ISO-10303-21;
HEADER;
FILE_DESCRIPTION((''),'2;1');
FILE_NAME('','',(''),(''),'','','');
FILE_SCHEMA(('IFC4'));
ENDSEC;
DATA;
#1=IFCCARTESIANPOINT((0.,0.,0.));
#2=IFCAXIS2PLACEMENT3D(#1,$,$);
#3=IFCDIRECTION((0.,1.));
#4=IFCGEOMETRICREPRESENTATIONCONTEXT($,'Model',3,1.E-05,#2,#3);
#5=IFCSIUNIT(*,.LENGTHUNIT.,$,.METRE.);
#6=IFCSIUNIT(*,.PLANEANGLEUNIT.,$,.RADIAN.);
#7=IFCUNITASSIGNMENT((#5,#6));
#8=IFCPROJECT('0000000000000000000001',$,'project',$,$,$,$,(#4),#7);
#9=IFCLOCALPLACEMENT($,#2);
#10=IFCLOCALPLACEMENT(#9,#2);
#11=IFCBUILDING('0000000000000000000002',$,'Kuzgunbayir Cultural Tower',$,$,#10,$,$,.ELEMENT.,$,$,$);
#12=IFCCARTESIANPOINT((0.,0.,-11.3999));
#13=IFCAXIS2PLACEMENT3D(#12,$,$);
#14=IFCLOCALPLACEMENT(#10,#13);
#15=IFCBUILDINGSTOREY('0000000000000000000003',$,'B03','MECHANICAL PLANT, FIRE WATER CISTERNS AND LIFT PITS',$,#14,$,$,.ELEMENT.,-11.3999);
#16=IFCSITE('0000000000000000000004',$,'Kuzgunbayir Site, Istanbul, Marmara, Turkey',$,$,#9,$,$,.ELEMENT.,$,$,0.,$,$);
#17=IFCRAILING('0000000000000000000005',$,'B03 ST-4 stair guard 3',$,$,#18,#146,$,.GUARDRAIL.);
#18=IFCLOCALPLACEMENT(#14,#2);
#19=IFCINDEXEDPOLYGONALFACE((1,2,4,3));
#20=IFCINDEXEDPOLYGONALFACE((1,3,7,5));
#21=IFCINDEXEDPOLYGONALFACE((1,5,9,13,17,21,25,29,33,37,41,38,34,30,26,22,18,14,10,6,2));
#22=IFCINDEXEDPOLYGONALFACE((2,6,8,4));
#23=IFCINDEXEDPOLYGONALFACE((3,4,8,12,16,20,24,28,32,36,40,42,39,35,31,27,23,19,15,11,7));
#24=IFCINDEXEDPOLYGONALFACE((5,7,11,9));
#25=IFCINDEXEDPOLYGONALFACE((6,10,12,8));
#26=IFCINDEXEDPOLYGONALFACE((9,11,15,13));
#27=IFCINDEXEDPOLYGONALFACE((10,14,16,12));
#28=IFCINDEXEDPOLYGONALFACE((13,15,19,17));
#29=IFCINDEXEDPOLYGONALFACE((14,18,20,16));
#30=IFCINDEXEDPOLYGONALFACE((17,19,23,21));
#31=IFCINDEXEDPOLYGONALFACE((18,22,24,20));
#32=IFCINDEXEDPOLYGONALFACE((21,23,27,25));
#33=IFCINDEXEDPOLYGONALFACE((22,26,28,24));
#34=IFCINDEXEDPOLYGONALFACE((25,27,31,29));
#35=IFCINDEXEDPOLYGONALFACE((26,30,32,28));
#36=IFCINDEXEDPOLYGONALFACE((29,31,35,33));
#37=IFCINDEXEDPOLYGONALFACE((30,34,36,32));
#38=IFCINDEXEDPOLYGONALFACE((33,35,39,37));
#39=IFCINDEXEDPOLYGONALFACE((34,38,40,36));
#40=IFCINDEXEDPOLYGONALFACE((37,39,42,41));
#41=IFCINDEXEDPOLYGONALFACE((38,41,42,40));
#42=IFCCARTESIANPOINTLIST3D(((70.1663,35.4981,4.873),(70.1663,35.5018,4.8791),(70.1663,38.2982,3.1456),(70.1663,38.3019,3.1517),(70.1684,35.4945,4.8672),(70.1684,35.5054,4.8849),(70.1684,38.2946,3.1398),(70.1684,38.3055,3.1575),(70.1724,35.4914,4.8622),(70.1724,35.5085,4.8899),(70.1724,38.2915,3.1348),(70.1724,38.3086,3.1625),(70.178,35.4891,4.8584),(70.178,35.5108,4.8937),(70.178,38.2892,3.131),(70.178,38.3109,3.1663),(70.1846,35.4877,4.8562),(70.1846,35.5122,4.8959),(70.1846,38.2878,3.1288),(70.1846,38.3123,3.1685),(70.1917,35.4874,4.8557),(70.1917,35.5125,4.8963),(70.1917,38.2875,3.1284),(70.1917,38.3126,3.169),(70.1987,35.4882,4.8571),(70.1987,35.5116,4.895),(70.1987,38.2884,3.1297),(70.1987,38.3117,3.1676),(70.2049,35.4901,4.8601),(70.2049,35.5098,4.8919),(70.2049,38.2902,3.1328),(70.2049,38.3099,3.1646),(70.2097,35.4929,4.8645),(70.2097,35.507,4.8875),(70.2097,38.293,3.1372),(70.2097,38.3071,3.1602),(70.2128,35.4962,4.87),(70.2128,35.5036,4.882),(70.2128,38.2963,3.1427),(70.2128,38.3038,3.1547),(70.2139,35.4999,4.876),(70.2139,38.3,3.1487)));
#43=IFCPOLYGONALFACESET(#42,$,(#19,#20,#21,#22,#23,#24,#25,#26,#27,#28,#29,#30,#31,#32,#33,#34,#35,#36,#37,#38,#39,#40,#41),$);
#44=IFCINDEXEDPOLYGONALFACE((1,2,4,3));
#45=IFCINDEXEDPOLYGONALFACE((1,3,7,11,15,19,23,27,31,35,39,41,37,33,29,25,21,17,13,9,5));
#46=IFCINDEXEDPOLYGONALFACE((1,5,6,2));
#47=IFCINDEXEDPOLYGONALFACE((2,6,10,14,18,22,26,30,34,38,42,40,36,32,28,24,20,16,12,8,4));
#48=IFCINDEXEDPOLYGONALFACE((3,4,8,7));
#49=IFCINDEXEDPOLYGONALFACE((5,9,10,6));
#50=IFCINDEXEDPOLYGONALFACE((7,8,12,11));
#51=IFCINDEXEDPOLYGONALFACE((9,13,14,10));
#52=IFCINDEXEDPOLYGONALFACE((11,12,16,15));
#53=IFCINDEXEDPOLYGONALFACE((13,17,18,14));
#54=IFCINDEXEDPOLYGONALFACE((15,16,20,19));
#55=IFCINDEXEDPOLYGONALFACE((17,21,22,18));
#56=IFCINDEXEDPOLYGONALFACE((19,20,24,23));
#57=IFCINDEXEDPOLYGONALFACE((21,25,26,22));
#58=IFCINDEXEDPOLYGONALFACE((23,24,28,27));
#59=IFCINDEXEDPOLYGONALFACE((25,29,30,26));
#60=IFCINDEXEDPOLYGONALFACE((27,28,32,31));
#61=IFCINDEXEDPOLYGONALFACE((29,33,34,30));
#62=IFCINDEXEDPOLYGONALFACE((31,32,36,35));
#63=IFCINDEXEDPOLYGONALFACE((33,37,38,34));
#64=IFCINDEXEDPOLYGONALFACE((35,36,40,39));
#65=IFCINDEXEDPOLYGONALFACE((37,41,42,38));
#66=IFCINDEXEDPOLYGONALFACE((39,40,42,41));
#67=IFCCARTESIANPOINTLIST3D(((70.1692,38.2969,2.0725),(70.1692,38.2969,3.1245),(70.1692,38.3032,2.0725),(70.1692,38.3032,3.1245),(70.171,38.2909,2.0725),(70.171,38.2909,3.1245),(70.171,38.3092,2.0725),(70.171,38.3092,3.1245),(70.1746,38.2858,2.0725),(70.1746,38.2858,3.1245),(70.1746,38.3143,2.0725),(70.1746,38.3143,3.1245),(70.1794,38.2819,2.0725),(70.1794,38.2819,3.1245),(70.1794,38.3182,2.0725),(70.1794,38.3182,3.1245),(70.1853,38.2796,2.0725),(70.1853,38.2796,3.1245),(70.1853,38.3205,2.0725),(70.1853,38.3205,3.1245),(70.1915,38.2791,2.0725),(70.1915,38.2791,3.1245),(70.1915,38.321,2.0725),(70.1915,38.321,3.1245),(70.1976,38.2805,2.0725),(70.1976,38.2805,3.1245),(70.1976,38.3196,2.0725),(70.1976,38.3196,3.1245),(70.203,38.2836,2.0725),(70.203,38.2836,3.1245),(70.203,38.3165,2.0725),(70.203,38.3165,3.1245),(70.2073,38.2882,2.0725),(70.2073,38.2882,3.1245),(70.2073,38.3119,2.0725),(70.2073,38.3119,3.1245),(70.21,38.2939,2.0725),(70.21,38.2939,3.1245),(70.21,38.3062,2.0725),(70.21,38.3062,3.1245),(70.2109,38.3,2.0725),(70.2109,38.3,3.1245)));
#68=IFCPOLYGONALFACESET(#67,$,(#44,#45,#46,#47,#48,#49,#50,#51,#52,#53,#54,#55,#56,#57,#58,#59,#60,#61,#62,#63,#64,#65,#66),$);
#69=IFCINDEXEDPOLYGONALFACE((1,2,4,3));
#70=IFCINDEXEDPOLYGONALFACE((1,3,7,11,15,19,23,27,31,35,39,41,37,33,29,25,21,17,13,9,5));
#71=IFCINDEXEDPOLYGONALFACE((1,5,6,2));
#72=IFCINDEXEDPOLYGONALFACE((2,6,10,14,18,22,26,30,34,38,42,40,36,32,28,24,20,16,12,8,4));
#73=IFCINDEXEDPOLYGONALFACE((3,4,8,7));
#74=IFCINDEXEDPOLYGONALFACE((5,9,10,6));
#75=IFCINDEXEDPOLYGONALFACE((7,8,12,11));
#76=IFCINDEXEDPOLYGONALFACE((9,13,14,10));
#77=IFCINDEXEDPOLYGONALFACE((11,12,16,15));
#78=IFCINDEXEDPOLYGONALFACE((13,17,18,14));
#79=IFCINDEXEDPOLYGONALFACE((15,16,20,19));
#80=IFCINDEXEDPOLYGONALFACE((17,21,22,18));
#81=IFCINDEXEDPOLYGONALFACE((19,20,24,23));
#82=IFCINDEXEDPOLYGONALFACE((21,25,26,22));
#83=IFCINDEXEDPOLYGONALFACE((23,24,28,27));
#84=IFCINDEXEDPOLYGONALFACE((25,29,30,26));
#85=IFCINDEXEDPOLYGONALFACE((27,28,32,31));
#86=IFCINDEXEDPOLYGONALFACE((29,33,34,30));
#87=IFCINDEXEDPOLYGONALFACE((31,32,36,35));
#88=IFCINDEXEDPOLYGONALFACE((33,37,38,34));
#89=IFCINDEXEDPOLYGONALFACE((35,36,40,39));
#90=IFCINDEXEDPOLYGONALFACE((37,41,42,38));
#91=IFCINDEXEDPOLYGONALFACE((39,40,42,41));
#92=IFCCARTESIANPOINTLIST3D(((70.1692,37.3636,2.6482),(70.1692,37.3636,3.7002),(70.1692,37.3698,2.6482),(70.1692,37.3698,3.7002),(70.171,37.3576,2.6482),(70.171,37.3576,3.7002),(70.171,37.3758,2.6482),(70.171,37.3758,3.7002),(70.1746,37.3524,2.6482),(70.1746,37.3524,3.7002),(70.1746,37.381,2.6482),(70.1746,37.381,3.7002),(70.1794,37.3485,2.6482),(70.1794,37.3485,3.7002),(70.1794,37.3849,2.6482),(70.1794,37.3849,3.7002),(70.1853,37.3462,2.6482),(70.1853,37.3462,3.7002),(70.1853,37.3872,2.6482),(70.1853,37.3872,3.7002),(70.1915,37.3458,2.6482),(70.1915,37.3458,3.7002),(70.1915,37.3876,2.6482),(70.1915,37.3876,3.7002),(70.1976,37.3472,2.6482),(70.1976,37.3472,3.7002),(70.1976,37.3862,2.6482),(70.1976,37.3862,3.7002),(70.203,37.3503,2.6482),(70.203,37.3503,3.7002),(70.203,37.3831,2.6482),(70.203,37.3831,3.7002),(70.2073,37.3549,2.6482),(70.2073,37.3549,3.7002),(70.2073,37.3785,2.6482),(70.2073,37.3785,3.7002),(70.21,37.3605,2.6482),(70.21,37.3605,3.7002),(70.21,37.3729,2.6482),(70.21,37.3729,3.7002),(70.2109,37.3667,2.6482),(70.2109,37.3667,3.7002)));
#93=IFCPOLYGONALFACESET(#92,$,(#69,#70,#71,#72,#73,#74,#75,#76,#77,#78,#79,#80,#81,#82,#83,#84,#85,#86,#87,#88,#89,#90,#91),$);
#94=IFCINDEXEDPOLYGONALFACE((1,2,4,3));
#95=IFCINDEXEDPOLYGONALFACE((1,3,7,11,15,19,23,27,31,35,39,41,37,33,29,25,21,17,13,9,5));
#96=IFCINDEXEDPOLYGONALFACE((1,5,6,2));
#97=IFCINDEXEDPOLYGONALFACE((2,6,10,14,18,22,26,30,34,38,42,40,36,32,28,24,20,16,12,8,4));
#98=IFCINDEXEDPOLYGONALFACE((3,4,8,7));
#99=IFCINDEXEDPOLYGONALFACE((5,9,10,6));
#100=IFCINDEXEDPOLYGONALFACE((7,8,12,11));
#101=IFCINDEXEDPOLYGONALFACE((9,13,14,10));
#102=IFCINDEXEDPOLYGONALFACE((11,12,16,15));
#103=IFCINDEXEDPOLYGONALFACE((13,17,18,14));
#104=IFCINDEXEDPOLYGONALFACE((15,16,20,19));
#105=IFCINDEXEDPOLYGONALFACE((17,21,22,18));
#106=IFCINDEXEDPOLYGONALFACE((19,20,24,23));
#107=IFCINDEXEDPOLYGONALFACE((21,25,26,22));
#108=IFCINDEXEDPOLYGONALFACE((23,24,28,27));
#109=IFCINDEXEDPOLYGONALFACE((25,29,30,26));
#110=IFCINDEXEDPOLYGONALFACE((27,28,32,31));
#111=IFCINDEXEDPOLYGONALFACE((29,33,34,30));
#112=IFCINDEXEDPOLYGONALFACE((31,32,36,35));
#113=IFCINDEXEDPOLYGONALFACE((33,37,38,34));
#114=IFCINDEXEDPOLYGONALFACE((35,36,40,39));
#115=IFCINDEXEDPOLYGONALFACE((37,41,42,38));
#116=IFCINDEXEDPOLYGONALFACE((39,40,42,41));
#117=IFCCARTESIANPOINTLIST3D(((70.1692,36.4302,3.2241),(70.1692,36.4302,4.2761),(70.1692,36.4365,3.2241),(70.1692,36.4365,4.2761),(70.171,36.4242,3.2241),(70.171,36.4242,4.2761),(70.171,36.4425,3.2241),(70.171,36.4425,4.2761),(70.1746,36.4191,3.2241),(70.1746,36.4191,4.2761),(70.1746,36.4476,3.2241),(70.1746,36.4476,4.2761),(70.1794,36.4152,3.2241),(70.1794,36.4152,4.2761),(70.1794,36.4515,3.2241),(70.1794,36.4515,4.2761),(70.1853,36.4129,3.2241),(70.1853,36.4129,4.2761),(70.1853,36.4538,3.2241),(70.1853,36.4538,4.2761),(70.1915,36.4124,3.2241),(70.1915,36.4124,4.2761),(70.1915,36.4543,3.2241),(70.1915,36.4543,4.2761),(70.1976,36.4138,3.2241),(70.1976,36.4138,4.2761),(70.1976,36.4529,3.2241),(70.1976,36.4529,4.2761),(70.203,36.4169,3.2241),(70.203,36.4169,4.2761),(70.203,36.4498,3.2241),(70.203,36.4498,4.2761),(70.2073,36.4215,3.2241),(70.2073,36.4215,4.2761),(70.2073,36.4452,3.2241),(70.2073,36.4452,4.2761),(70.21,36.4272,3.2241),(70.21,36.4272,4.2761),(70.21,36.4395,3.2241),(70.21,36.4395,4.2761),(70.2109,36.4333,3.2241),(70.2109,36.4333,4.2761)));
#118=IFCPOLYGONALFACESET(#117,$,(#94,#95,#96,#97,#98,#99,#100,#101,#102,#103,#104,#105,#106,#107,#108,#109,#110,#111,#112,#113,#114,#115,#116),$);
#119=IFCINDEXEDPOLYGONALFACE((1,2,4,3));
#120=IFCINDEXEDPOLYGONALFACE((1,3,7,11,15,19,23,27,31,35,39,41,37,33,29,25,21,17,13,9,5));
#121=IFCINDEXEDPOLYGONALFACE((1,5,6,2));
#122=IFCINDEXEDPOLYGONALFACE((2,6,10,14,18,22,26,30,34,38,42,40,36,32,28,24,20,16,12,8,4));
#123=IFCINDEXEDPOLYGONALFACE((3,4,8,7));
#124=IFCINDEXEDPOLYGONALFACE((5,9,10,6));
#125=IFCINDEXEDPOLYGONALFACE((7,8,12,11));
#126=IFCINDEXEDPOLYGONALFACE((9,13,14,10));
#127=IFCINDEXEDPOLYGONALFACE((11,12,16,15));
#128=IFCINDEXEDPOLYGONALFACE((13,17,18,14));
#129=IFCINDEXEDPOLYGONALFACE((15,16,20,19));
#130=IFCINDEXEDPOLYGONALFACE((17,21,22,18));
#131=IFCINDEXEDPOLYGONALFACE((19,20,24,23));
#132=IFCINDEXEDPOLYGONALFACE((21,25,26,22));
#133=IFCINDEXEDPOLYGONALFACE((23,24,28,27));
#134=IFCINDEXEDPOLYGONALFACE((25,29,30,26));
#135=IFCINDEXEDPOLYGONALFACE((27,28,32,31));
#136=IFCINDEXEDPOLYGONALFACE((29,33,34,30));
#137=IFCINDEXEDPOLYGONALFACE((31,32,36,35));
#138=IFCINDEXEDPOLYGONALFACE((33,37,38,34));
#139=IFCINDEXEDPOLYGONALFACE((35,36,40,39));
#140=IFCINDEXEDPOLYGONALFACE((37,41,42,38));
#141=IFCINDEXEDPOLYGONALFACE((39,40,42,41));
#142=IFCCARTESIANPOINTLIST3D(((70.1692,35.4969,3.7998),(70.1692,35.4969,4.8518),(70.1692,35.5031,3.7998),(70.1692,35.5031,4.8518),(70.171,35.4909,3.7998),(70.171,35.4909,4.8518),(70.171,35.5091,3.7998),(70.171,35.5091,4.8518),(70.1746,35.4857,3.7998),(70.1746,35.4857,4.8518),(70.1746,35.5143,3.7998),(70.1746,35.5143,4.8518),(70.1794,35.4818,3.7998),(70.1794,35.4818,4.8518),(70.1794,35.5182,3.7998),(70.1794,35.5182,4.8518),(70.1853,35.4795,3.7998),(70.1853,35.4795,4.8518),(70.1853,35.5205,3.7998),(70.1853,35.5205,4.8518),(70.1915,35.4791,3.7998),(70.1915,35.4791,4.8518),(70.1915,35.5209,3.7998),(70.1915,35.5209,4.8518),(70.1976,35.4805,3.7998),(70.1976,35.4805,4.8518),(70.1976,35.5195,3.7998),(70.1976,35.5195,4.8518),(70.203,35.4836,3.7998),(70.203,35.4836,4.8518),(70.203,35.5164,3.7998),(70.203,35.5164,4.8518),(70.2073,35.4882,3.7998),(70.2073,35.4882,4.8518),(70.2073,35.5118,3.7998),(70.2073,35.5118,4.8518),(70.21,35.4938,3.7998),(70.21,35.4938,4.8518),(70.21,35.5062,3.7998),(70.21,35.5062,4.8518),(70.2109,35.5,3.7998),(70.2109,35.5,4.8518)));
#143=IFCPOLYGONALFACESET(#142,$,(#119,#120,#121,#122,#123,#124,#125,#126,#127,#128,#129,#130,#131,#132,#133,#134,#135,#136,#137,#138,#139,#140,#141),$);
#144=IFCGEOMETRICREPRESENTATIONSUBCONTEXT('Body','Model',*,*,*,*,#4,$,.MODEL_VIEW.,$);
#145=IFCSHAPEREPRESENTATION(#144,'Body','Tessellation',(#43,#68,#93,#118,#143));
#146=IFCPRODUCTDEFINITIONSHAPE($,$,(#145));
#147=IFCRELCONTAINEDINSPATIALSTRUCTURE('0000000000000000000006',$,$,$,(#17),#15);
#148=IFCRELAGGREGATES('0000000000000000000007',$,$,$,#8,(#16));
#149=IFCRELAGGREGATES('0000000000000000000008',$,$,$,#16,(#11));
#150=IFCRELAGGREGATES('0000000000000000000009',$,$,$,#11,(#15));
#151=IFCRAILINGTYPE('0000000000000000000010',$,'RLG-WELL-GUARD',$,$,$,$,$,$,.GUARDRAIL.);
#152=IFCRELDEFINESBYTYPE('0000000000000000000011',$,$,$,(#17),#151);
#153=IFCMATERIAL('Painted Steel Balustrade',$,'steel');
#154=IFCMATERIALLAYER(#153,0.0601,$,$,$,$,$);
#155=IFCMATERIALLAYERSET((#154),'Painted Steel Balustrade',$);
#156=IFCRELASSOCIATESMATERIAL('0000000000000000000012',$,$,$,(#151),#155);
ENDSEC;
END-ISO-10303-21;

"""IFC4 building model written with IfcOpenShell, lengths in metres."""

from ifc_helpers import new_model, si_unit, direction, frame, origin, origin_2d, place, context, subcontext, project, spatial, circle, extrude, material, layer, layer_set, type_object, element, save


model = new_model("IFC4")

# Units and contexts
model_context = context("Model", 3, precision=1e-05, world=origin(), true_north=direction((0.0, 1.0)))
body_context = subcontext(model_context, "Body", "Model", "MODEL_VIEW")
ifc_project = project(units=[si_unit("LENGTHUNIT", "METRE"), si_unit("PLANEANGLEUNIT", "RADIAN")], contexts=[model_context])

# Site, building, storey
site_placement = place(None, origin())
site = spatial("IfcSite", under=ifc_project, at=site_placement, Name="Kuzgunbayir Site, Istanbul, Marmara, Turkey", CompositionType="ELEMENT", RefElevation=0.0)
building_placement = place(site_placement, origin())
building = spatial("IfcBuilding", under=site, at=building_placement, Name="Kuzgunbayir Cultural Tower", CompositionType="ELEMENT")
storey_placement = place(building_placement, frame((0.0, 0.0, -11.3999)))
storey = spatial("IfcBuildingStorey", under=building, at=storey_placement, Name="B03", Description="MECHANICAL PLANT, FIRE WATER CISTERNS AND LIFT PITS", CompositionType="ELEMENT", Elevation=-11.3999)

# Railing
ifc_material_1 = material(Name="Painted Steel Balustrade", Category="steel")
ifc_layer_1 = layer(ifc_material_1, 0.0601)
ifc_layer_set_1 = layer_set([ifc_layer_1], Name="Painted Steel Balustrade")
railing_type_1 = type_object("IfcRailingType", Name="RLG-WELL-GUARD", PredefinedType="GUARDRAIL", material=ifc_layer_set_1)
railing_1_placement = place(storey_placement, frame((70.1899, 38.3, 2.0725)))
element("IfcRailing", 1, at=railing_1_placement, inside=storey, type_object=railing_type_1, Name="B03 ST-4 stair guard 3", PredefinedType="GUARDRAIL", context=body_context, shape_type="SweptSolid", body=[
    extrude(circle(Radius=0.0239, at=origin_2d()), frame((0.0, 0.0, 1.0762), z_axis=(0.0, -0.85109, 0.52502), x_axis=(1.0, 0.0, 0.0)), (0.0, 0.0, 1.0), 3.29),
    extrude(circle(Radius=0.021, at=origin_2d()), origin(), (0.0, 0.0, 1.0), 1.052),
    extrude(circle(Radius=0.021, at=origin_2d()), frame((0.0, -0.9333, 0.5757)), (0.0, 0.0, 1.0), 1.052),
    extrude(circle(Radius=0.021, at=origin_2d()), frame((0.0, -1.8667, 1.1516)), (0.0, 0.0, 1.0), 1.052),
    extrude(circle(Radius=0.021, at=origin_2d()), frame((0.0, -2.8, 1.7273)), (0.0, 0.0, 1.0), 1.052),
])

save(model, "model.ifc")
